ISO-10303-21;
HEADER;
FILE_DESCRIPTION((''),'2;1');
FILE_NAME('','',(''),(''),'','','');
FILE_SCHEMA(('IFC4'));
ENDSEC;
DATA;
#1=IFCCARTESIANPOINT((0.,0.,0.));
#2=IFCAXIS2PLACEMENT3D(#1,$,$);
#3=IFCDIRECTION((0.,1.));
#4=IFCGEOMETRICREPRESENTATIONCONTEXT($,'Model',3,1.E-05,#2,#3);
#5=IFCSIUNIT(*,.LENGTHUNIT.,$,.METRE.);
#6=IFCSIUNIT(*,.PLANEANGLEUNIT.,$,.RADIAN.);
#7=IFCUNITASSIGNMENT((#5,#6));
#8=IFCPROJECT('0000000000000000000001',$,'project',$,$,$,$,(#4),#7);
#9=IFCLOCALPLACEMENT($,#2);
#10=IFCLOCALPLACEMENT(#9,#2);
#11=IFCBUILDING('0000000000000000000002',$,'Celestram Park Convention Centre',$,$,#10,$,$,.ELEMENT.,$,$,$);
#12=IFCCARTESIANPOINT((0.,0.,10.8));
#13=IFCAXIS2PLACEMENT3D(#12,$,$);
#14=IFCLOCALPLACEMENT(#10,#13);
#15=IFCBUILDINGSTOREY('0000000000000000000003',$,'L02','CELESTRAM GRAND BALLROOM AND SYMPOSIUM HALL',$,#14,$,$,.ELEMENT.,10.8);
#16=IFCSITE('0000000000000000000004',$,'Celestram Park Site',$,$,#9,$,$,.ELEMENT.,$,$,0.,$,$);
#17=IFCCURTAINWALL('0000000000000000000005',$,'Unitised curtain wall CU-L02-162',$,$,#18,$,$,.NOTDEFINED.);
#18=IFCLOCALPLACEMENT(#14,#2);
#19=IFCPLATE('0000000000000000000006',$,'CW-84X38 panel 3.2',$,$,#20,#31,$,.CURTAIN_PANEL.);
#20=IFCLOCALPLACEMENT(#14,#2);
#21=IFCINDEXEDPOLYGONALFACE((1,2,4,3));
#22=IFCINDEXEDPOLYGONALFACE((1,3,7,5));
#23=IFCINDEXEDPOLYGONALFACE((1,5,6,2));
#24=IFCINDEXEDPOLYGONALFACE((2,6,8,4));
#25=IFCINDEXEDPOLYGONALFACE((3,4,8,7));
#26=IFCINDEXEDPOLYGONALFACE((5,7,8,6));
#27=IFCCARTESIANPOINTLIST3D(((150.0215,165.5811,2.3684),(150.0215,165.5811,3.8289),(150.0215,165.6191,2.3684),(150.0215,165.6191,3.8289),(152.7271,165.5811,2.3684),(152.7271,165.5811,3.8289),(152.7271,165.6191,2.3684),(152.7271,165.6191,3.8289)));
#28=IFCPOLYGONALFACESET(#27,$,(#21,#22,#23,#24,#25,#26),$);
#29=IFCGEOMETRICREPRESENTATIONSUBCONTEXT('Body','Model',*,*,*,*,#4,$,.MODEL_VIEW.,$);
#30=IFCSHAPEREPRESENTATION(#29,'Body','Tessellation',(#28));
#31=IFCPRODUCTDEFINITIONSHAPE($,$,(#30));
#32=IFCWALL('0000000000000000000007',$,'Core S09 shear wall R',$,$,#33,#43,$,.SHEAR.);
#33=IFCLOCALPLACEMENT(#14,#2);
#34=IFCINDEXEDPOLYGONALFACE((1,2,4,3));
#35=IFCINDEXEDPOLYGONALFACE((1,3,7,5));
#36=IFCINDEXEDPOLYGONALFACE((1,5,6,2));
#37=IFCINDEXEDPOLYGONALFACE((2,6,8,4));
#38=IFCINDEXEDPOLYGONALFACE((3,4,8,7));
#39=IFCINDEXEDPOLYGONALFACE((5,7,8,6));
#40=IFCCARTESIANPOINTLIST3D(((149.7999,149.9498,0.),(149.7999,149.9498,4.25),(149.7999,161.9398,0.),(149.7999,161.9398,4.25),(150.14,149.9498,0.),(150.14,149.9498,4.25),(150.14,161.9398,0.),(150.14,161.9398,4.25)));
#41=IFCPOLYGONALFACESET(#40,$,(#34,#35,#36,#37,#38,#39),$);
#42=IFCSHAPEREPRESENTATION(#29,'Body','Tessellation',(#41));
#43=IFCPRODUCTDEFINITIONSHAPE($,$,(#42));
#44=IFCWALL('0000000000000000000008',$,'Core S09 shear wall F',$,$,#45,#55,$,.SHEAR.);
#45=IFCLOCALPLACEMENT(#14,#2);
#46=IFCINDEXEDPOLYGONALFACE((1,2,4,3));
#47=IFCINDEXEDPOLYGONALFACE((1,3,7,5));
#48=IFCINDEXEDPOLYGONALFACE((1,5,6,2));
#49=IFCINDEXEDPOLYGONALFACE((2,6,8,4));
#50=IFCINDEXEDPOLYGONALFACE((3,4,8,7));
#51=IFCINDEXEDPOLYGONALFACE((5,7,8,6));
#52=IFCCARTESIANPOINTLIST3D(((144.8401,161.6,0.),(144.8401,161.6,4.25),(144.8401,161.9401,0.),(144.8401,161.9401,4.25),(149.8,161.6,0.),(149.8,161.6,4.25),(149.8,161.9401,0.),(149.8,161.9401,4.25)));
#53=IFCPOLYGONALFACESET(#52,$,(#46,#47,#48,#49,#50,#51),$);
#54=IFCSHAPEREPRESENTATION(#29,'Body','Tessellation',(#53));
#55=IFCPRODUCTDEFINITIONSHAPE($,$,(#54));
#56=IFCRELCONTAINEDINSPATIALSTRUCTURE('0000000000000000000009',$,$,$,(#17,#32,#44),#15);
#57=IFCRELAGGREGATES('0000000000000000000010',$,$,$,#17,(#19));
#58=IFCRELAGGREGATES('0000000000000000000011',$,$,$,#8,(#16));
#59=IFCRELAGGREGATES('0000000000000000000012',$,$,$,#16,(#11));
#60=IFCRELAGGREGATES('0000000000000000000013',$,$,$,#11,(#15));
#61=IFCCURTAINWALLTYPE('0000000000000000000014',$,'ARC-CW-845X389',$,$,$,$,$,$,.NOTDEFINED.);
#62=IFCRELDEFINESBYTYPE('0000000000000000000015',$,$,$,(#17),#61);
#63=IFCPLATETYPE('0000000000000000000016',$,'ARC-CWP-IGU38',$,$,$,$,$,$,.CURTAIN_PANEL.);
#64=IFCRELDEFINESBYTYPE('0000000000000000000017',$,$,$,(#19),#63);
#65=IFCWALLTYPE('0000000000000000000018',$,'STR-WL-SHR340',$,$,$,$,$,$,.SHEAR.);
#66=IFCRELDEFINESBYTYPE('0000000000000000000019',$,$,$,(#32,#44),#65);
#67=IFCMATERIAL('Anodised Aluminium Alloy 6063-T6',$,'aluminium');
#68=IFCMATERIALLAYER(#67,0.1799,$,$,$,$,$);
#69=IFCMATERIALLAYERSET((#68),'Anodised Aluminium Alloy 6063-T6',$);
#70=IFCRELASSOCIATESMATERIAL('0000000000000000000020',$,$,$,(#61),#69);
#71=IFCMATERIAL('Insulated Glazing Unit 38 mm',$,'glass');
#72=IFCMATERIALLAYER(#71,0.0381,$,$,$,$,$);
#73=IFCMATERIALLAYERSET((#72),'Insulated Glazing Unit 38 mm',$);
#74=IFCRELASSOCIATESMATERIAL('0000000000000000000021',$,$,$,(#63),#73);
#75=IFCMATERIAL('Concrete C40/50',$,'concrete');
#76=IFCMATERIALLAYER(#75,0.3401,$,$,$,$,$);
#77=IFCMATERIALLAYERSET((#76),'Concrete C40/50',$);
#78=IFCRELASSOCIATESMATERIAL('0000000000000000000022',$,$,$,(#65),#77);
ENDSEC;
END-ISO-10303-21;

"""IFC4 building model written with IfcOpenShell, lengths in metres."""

from ifc_helpers import new_model, si_unit, direction, frame, frame_2d, origin, origin_2d, place, context, subcontext, project, spatial, rectangle, extrude, material, layer, layer_set, type_object, element, aggregate, save


model = new_model("IFC4")

# Units and contexts
model_context = context("Model", 3, precision=1e-05, world=origin(), true_north=direction((0.0, 1.0)))
body_context = subcontext(model_context, "Body", "Model", "MODEL_VIEW")
ifc_project = project(units=[si_unit("LENGTHUNIT", "METRE"), si_unit("PLANEANGLEUNIT", "RADIAN")], contexts=[model_context])

# Site, building, storey
site_placement = place(None, origin())
site = spatial("IfcSite", under=ifc_project, at=site_placement, Name="Celestram Park Site", CompositionType="ELEMENT", RefElevation=0.0)
building_placement = place(site_placement, origin())
building = spatial("IfcBuilding", under=site, at=building_placement, Name="Celestram Park Convention Centre", CompositionType="ELEMENT")
storey_placement = place(building_placement, frame((0.0, 0.0, 10.8)))
storey = spatial("IfcBuildingStorey", under=building, at=storey_placement, Name="L02", Description="CELESTRAM GRAND BALLROOM AND SYMPOSIUM HALL", CompositionType="ELEMENT", Elevation=10.8)

# Shared definitions
ifc_material_1 = material(Name="Concrete C40/50", Category="concrete")

# Shared definitions
ifc_material_2 = material(Name="Anodised Aluminium Alloy 6063-T6", Category="aluminium")

# Curtain wall
ifc_layer_1 = layer(ifc_material_2, 0.1799)
ifc_layer_set_1 = layer_set([ifc_layer_1], Name="Anodised Aluminium Alloy 6063-T6")
curtain_wall_type_1 = type_object("IfcCurtainWallType", Name="ARC-CW-845X389", PredefinedType="NOTDEFINED", material=ifc_layer_set_1)
curtain_wall_1_placement = place(storey_placement, origin())
curtain_wall_1 = element("IfcCurtainWall", 1, at=curtain_wall_1_placement, inside=storey, type_object=curtain_wall_type_1, Name="Unitised curtain wall CU-L02-162", PredefinedType="NOTDEFINED")

# Plate
ifc_material_3 = material(Name="Insulated Glazing Unit 38 mm", Category="glass")
ifc_layer_2 = layer(ifc_material_3, 0.0381)
ifc_layer_set_2 = layer_set([ifc_layer_2], Name="Insulated Glazing Unit 38 mm")
plate_type = type_object("IfcPlateType", Name="ARC-CWP-IGU38", PredefinedType="CURTAIN_PANEL", material=ifc_layer_set_2)
plate_1_placement = place(storey_placement, frame((151.3743, 165.6001, 2.3684), z_axis=(0.0, 0.0, 1.0), x_axis=(1.0, 0.0, 0.0)))
plate_1 = element("IfcPlate", 2, at=plate_1_placement, type_object=plate_type, Name="CW-84X38 panel 3.2", PredefinedType="CURTAIN_PANEL", context=body_context, shape_type="SweptSolid", body=[
    extrude(rectangle(XDim=2.7056, YDim=0.0381, at=origin_2d()), origin(), (0.0, 0.0, 1.0), 1.4604),
])
aggregate(curtain_wall_1, [plate_1])

# Walls
ifc_layer_3 = layer(ifc_material_1, 0.3401)
ifc_layer_set_3 = layer_set([ifc_layer_3], Name="Concrete C40/50")
wall_type = type_object("IfcWallType", Name="STR-WL-SHR340", PredefinedType="SHEAR", material=ifc_layer_set_3)
wall_1_placement = place(storey_placement, frame((149.97, 161.9399, 0.0), z_axis=(0.0, 0.0, 1.0), x_axis=(0.0, -1.0, 0.0)))
element("IfcWall", 3, at=wall_1_placement, inside=storey, type_object=wall_type, Name="Core S09 shear wall R", PredefinedType="SHEAR", context=body_context, shape_type="SweptSolid", body=[
    extrude(rectangle(XDim=11.99, YDim=0.3401, at=frame_2d((5.9951, 0.0))), origin(), (0.0, 0.0, 1.0), 4.25),
])
wall_2_placement = place(storey_placement, frame((144.8401, 161.77, 0.0), z_axis=(0.0, 0.0, 1.0), x_axis=(1.0, 0.0, 0.0)))
element("IfcWall", 4, at=wall_2_placement, inside=storey, type_object=wall_type, Name="Core S09 shear wall F", PredefinedType="SHEAR", context=body_context, shape_type="SweptSolid", body=[
    extrude(rectangle(XDim=4.96, YDim=0.3401, at=frame_2d((2.48, 0.0))), origin(), (0.0, 0.0, 1.0), 4.25),
])

save(model, "model.ifc")
